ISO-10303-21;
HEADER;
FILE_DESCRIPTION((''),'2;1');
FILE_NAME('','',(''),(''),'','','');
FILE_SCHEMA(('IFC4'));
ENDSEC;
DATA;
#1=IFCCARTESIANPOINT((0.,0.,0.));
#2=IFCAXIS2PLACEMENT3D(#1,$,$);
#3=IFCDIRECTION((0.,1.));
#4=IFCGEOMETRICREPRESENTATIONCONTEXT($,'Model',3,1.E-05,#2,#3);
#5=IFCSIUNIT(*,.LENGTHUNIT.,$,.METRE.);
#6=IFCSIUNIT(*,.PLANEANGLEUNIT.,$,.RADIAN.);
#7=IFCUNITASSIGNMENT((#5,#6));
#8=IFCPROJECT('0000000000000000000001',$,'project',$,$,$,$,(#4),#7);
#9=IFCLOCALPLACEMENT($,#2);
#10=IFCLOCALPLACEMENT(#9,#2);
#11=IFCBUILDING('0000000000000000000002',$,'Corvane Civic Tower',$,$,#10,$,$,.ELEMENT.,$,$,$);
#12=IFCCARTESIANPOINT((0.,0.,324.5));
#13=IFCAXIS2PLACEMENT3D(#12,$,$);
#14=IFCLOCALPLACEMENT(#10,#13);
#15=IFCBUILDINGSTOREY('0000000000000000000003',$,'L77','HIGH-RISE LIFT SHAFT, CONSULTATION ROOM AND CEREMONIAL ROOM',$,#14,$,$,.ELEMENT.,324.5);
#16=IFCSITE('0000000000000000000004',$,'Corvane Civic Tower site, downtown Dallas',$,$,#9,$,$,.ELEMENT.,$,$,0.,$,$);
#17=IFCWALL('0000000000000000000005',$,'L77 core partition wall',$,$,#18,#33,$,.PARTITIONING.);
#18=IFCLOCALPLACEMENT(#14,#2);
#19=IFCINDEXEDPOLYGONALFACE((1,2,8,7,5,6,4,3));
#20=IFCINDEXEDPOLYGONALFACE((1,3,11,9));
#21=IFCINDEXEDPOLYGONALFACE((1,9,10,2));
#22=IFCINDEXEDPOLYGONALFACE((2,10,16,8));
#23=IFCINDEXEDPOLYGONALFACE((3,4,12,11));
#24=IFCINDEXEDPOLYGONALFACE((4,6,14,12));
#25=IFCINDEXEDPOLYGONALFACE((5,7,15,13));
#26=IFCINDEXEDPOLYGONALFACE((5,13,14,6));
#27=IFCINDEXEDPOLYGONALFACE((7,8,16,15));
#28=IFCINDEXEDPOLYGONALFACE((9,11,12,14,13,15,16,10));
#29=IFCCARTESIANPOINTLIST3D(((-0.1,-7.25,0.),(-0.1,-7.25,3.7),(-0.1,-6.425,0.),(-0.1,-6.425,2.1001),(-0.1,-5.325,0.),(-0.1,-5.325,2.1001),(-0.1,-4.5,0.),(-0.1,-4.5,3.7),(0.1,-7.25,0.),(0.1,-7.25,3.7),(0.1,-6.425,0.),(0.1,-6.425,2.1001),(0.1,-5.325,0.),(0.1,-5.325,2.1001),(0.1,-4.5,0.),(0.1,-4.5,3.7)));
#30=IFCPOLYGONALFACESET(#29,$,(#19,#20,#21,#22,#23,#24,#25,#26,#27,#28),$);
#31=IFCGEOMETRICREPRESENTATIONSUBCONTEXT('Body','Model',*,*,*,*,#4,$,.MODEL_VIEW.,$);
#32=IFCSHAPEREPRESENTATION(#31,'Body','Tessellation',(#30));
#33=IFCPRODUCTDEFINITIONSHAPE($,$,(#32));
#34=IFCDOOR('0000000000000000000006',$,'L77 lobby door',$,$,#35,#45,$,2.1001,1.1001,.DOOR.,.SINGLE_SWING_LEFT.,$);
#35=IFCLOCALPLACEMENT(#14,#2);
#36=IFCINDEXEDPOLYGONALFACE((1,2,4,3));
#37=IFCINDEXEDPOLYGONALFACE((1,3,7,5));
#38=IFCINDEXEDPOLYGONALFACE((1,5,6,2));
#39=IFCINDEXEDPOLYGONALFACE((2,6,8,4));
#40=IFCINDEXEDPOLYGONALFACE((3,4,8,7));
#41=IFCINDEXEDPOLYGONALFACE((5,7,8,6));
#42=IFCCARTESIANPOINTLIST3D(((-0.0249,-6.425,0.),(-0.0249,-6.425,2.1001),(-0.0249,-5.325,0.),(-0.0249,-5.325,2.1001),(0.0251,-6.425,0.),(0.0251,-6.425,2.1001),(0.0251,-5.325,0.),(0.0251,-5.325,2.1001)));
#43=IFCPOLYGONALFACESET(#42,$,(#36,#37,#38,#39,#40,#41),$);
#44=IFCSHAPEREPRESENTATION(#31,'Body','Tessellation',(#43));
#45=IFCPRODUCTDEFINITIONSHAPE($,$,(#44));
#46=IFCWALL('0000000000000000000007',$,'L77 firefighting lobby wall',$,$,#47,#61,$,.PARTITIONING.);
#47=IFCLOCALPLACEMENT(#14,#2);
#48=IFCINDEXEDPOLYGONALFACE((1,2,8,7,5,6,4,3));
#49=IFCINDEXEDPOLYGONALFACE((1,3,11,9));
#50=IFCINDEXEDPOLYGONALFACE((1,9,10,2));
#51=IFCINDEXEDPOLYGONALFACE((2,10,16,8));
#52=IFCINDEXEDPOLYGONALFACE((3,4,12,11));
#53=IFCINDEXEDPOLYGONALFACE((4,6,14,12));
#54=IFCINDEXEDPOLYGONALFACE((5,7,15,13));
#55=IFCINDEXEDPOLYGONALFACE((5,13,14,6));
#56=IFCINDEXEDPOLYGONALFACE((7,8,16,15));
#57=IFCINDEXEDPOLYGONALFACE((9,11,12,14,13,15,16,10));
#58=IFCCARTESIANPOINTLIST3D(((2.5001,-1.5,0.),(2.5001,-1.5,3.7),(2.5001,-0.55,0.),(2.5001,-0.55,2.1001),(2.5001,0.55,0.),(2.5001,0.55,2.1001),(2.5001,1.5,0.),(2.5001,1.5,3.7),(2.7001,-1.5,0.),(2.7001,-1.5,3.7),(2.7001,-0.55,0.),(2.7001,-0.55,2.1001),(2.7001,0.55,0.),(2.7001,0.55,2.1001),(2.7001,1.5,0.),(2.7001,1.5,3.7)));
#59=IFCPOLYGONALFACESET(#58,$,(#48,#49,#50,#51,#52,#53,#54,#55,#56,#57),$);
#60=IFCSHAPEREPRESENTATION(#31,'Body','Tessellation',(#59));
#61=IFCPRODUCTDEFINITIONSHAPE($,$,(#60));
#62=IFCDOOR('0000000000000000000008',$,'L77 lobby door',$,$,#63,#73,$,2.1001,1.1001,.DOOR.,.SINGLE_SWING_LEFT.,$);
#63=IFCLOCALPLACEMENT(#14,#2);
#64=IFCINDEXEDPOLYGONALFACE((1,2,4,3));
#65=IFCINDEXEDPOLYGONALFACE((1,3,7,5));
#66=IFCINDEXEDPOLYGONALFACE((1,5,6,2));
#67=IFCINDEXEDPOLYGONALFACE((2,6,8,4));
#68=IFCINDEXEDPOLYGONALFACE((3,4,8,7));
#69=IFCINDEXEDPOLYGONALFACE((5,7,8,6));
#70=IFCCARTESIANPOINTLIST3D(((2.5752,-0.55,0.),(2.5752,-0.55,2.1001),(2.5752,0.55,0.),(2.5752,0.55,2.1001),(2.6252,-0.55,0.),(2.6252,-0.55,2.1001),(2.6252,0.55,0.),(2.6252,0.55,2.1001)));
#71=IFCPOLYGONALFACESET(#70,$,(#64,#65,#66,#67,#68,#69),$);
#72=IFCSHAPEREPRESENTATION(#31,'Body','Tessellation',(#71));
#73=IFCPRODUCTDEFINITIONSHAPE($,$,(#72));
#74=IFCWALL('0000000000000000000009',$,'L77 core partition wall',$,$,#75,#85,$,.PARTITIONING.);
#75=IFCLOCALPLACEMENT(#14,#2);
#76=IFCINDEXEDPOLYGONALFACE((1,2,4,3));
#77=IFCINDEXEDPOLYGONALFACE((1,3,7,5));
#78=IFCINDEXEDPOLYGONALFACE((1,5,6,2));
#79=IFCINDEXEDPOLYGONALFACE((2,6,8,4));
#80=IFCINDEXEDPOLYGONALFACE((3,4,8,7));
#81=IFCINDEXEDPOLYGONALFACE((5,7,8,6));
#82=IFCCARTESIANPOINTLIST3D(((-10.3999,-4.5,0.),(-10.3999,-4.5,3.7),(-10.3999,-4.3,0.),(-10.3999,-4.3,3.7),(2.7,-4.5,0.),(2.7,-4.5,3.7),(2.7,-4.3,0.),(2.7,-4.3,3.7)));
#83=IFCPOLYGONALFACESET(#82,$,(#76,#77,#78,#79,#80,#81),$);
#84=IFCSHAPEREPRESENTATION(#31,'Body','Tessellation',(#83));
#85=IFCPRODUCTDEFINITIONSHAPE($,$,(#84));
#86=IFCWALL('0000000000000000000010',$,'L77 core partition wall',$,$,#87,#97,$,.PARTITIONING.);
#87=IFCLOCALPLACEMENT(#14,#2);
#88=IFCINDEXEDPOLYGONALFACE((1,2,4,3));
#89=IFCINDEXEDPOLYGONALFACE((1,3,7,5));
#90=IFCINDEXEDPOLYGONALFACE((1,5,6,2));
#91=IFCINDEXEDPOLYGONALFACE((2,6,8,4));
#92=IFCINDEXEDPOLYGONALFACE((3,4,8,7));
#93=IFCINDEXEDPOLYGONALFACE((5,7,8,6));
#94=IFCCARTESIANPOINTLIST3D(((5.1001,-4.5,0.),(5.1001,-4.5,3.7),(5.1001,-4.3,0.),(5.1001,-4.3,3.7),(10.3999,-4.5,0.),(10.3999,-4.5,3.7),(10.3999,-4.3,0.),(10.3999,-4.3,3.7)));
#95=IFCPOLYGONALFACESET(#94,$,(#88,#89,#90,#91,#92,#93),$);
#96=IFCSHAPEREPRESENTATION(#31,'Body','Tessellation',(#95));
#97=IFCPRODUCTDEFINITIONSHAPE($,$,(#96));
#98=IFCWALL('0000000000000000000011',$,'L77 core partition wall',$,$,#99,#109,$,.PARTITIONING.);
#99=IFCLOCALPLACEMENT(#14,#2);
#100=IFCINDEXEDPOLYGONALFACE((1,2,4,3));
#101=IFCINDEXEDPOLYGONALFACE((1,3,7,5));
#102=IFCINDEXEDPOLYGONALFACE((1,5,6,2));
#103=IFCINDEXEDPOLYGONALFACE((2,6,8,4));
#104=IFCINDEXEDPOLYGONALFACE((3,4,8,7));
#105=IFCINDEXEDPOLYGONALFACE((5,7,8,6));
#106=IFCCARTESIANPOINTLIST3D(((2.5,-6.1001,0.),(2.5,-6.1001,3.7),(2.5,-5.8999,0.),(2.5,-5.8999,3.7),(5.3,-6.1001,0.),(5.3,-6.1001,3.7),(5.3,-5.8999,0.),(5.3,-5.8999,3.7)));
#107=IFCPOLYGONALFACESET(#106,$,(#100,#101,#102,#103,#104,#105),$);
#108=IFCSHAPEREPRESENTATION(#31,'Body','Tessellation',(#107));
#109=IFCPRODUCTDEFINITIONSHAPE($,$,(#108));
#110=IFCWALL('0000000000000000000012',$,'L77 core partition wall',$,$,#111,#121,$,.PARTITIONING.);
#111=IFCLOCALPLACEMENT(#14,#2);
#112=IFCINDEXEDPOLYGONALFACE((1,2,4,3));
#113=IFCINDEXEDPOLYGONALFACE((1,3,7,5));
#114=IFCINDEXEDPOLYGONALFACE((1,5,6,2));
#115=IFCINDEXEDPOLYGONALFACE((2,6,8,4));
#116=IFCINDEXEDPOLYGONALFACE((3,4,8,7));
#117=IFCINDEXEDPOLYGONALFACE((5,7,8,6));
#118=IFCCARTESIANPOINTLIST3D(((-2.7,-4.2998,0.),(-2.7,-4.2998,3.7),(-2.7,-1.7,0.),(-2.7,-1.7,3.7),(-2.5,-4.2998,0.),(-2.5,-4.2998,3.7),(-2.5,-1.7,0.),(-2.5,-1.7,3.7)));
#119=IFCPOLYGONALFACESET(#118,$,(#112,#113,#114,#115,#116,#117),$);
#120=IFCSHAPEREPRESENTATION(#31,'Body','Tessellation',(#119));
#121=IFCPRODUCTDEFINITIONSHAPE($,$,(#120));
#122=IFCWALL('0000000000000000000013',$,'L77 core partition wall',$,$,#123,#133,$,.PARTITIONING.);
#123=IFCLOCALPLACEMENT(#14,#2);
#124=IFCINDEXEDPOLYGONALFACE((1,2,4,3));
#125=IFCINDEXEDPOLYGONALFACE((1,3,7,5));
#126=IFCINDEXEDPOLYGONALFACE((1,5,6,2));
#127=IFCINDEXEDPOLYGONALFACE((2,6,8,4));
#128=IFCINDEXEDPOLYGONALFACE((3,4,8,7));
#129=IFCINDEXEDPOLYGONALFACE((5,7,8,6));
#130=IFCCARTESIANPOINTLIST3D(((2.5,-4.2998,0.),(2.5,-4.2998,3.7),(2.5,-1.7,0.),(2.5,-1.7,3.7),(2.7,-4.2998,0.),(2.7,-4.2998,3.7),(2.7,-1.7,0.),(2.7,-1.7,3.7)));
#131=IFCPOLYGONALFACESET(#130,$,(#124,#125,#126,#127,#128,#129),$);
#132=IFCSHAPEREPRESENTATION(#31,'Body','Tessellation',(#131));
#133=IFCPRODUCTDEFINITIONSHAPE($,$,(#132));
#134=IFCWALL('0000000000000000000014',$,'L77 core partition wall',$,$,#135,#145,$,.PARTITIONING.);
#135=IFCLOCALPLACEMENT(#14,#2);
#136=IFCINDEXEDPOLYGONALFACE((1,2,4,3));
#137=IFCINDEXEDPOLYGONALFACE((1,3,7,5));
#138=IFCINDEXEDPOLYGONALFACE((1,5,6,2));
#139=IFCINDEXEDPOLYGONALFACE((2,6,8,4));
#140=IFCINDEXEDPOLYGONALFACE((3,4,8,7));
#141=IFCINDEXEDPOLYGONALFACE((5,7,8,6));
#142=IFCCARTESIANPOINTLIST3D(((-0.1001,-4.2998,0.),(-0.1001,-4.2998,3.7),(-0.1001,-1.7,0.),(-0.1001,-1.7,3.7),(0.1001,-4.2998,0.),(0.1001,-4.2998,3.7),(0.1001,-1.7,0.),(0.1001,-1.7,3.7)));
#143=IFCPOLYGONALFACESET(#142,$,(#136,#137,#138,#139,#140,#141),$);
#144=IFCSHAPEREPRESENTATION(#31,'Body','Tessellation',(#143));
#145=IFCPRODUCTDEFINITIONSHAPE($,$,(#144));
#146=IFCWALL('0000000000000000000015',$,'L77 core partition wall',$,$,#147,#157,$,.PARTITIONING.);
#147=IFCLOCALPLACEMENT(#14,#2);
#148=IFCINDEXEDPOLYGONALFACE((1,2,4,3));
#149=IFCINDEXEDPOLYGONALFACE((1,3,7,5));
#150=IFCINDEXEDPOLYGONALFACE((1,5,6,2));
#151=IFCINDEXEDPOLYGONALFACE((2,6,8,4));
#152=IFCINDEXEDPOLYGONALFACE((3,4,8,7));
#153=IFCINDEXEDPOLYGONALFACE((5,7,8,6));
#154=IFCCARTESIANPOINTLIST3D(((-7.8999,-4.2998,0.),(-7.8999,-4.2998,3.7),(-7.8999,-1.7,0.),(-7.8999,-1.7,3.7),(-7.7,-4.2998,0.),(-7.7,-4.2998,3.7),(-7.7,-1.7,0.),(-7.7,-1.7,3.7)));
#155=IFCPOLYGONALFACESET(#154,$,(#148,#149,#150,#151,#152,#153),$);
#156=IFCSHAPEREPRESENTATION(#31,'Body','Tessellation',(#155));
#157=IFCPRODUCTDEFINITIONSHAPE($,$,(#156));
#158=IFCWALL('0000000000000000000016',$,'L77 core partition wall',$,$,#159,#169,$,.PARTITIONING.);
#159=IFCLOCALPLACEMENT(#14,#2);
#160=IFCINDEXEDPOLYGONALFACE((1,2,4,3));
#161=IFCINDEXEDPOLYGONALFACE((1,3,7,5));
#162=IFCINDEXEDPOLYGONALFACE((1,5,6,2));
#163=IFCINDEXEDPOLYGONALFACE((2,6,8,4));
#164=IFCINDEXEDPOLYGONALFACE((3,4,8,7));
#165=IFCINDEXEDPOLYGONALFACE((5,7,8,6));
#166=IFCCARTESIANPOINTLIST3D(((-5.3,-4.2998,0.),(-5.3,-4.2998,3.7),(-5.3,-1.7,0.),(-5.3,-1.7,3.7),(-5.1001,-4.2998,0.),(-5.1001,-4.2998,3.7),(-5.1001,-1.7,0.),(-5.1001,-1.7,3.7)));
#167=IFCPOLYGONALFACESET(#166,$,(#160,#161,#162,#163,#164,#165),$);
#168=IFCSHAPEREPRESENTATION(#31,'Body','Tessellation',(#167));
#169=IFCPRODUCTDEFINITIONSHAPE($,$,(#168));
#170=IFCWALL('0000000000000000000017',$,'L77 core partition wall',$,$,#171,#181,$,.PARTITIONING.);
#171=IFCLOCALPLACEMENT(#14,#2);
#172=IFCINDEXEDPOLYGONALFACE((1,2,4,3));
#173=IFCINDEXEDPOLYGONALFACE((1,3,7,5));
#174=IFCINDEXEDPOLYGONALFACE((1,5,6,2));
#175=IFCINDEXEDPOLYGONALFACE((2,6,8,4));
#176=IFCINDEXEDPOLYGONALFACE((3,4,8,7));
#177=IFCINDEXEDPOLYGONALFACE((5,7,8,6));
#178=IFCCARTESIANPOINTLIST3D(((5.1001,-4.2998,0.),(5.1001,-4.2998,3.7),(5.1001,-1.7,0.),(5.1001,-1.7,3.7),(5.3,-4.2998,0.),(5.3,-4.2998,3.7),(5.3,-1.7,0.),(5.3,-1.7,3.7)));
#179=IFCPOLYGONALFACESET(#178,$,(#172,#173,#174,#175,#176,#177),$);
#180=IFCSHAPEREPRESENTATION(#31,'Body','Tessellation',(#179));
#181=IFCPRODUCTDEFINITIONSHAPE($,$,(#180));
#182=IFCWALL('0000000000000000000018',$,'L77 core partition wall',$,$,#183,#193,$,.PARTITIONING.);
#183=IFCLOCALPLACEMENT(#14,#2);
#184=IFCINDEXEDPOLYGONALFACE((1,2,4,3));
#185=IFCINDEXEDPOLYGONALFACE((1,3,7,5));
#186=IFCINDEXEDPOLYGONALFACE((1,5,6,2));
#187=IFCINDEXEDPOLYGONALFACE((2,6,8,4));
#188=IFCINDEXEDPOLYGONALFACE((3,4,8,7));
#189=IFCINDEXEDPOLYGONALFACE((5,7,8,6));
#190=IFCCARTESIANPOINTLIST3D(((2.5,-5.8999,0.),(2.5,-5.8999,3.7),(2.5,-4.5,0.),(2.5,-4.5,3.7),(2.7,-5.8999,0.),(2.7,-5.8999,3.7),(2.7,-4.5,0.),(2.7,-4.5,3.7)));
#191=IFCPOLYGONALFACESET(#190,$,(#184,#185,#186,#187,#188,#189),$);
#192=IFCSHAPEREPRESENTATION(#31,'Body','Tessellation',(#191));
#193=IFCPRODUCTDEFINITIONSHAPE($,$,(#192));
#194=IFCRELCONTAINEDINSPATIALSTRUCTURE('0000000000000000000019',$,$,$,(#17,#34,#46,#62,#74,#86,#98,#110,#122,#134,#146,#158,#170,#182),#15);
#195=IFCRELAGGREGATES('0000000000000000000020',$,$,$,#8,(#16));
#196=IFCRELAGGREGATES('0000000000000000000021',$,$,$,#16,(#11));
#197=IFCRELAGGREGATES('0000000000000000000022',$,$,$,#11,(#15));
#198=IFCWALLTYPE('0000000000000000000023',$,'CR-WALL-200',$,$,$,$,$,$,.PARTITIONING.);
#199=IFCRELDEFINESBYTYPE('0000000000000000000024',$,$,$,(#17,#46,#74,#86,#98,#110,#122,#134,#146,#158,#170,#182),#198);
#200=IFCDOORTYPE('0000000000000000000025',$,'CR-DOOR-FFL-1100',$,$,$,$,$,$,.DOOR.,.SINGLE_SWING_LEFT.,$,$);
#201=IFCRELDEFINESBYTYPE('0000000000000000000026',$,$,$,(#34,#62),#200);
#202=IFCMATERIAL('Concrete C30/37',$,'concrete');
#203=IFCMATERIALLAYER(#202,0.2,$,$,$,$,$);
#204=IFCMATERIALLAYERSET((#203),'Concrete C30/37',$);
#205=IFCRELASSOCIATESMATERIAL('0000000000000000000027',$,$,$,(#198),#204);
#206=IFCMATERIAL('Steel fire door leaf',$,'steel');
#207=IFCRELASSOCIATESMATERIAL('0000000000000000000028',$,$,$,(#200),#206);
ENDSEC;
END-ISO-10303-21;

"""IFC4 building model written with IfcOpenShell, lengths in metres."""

from ifc_helpers import new_model, si_unit, direction, frame, frame_2d, origin, place, context, subcontext, project, spatial, polyline, rectangle, outline, extrude, material, layer, layer_set, type_object, element, fill, save


model = new_model("IFC4")

# Units and contexts
model_context = context("Model", 3, precision=1e-05, world=origin(), true_north=direction((0.0, 1.0)))
body_context = subcontext(model_context, "Body", "Model", "MODEL_VIEW")
ifc_project = project(units=[si_unit("LENGTHUNIT", "METRE"), si_unit("PLANEANGLEUNIT", "RADIAN")], contexts=[model_context])

# Site, building, storey
site_placement = place(None, origin())
site = spatial("IfcSite", under=ifc_project, at=site_placement, Name="Corvane Civic Tower site, downtown Dallas", CompositionType="ELEMENT", RefElevation=0.0)
building_placement = place(site_placement, origin())
building = spatial("IfcBuilding", under=site, at=building_placement, Name="Corvane Civic Tower", CompositionType="ELEMENT")
storey_placement = place(building_placement, frame((0.0, 0.0, 324.5)))
storey = spatial("IfcBuildingStorey", under=building, at=storey_placement, Name="L77", Description="HIGH-RISE LIFT SHAFT, CONSULTATION ROOM AND CEREMONIAL ROOM", CompositionType="ELEMENT", Elevation=324.5)

# Walls, openings, doors
ifc_material_1 = material(Name="Concrete C30/37", Category="concrete")
ifc_layer_1 = layer(ifc_material_1, 0.2)
ifc_layer_set_1 = layer_set([ifc_layer_1], Name="Concrete C30/37")
wall_type_1 = type_object("IfcWallType", Name="CR-WALL-200", PredefinedType="PARTITIONING", material=ifc_layer_set_1)
wall_1_placement = place(storey_placement, frame((0.0, -7.25, 0.0), z_axis=(0.0, 0.0, 1.0), x_axis=(0.0, 1.0, 0.0)))
wall_1 = element("IfcWall", 1, at=wall_1_placement, inside=storey, type_object=wall_type_1, Name="L77 core partition wall", PredefinedType="PARTITIONING", context=body_context, shape_type="SweptSolid", body=[
    extrude(rectangle(XDim=2.75, YDim=0.2, at=frame_2d((1.375, 0.0))), origin(), (0.0, 0.0, 1.0), 3.7),
])
opening_1_placement = place(wall_1_placement, frame((0.825, 0.0, 0.0)))
opening_1 = element("IfcOpeningElement", 2, at=opening_1_placement, cuts=wall_1, PredefinedType="OPENING", context=body_context, shape_type="SweptSolid", body=[
    extrude(rectangle(XDim=1.1001, YDim=2.1001, at=frame_2d((0.55, 1.05))), frame((0.0, 0.1099, 0.0), z_axis=(0.0, -1.0, 0.0), x_axis=(1.0, 0.0, 0.0)), (0.0, 0.0, 1.0), 0.22),
])
ifc_material_2 = material(Name="Steel fire door leaf", Category="steel")
door_type_1 = type_object("IfcDoorType", Name="CR-DOOR-FFL-1100", OperationType="SINGLE_SWING_LEFT", PredefinedType="DOOR", material=ifc_material_2)
door_1_placement = place(opening_1_placement, origin())
door_1 = element("IfcDoor", 3, at=door_1_placement, inside=storey, type_object=door_type_1, Name="L77 lobby door", OperationType="SINGLE_SWING_LEFT", OverallHeight=2.1001, OverallWidth=1.1001, PredefinedType="DOOR", context=body_context, shape_type="SweptSolid", body=[
    extrude(rectangle(XDim=1.1001, YDim=2.1001, at=frame_2d((0.55, 1.05))), frame((0.0, 0.0249, 0.0), z_axis=(0.0, -1.0, 0.0), x_axis=(1.0, 0.0, 0.0)), (0.0, 0.0, 1.0), 0.05),
])
fill(opening_1, door_1)
wall_2_placement = place(storey_placement, frame((2.6001, -1.5, 0.0), z_axis=(0.0, 0.0, 1.0), x_axis=(0.0, 1.0, 0.0)))
wall_2 = element("IfcWall", 4, at=wall_2_placement, inside=storey, type_object=wall_type_1, Name="L77 firefighting lobby wall", PredefinedType="PARTITIONING", context=body_context, shape_type="SweptSolid", body=[
    extrude(rectangle(XDim=3.0, YDim=0.2, at=frame_2d((1.5, 0.0))), origin(), (0.0, 0.0, 1.0), 3.7),
])
opening_2_placement = place(wall_2_placement, frame((0.95, 0.0, 0.0)))
opening_2 = element("IfcOpeningElement", 5, at=opening_2_placement, cuts=wall_2, PredefinedType="OPENING", context=body_context, shape_type="SweptSolid", body=[
    extrude(rectangle(XDim=1.1001, YDim=2.1001, at=frame_2d((0.55, 1.05))), frame((0.0, 0.1099, 0.0), z_axis=(0.0, -1.0, 0.0), x_axis=(1.0, 0.0, 0.0)), (0.0, 0.0, 1.0), 0.22),
])
door_2_placement = place(opening_2_placement, origin())
door_2 = element("IfcDoor", 6, at=door_2_placement, inside=storey, type_object=door_type_1, Name="L77 lobby door", OperationType="SINGLE_SWING_LEFT", OverallHeight=2.1001, OverallWidth=1.1001, PredefinedType="DOOR", context=body_context, shape_type="SweptSolid", body=[
    extrude(rectangle(XDim=1.1001, YDim=2.1001, at=frame_2d((0.55, 1.05))), frame((0.0, 0.0249, 0.0), z_axis=(0.0, -1.0, 0.0), x_axis=(1.0, 0.0, 0.0)), (0.0, 0.0, 1.0), 0.05),
])
fill(opening_2, door_2)

# Walls
wall_3_placement = place(storey_placement, origin())
element("IfcWall", 7, at=wall_3_placement, inside=storey, type_object=wall_type_1, Name="L77 core partition wall", PredefinedType="PARTITIONING", context=body_context, shape_type="SweptSolid", body=[
    extrude(outline(polyline([(2.7, -4.3), (2.7, -4.5), (-10.3999, -4.5), (-10.3999, -4.3), (2.7, -4.3)])), origin(), (0.0, 0.0, 1.0), 3.7),
])
wall_4_placement = place(storey_placement, origin())
element("IfcWall", 8, at=wall_4_placement, inside=storey, type_object=wall_type_1, Name="L77 core partition wall", PredefinedType="PARTITIONING", context=body_context, shape_type="SweptSolid", body=[
    extrude(outline(polyline([(10.3999, -4.5), (5.1001, -4.5), (5.1001, -4.3), (10.3999, -4.3), (10.3999, -4.5)])), origin(), (0.0, 0.0, 1.0), 3.7),
])
wall_5_placement = place(storey_placement, origin())
element("IfcWall", 9, at=wall_5_placement, inside=storey, type_object=wall_type_1, Name="L77 core partition wall", PredefinedType="PARTITIONING", context=body_context, shape_type="SweptSolid", body=[
    extrude(outline(polyline([(5.3, -6.1001), (2.5, -6.1001), (2.5, -5.8999), (5.3, -5.8999), (5.3, -6.1001)])), origin(), (0.0, 0.0, 1.0), 3.7),
])
wall_6_placement = place(storey_placement, origin())
element("IfcWall", 10, at=wall_6_placement, inside=storey, type_object=wall_type_1, Name="L77 core partition wall", PredefinedType="PARTITIONING", context=body_context, shape_type="SweptSolid", body=[
    extrude(outline(polyline([(-2.5, -1.7), (-2.5, -4.2998), (-2.7, -4.2998), (-2.7, -1.7), (-2.5, -1.7)])), origin(), (0.0, 0.0, 1.0), 3.7),
])
wall_7_placement = place(storey_placement, origin())
element("IfcWall", 11, at=wall_7_placement, inside=storey, type_object=wall_type_1, Name="L77 core partition wall", PredefinedType="PARTITIONING", context=body_context, shape_type="SweptSolid", body=[
    extrude(outline(polyline([(2.7, -1.7), (2.7, -4.2998), (2.5, -4.2998), (2.5, -1.7), (2.7, -1.7)])), origin(), (0.0, 0.0, 1.0), 3.7),
])
wall_8_placement = place(storey_placement, origin())
element("IfcWall", 12, at=wall_8_placement, inside=storey, type_object=wall_type_1, Name="L77 core partition wall", PredefinedType="PARTITIONING", context=body_context, shape_type="SweptSolid", body=[
    extrude(outline(polyline([(0.1001, -1.7), (0.1001, -4.2998), (-0.1001, -4.2998), (-0.1001, -1.7), (0.1001, -1.7)])), origin(), (0.0, 0.0, 1.0), 3.7),
])
wall_9_placement = place(storey_placement, origin())
element("IfcWall", 13, at=wall_9_placement, inside=storey, type_object=wall_type_1, Name="L77 core partition wall", PredefinedType="PARTITIONING", context=body_context, shape_type="SweptSolid", body=[
    extrude(outline(polyline([(-7.7, -1.7), (-7.7, -4.2998), (-7.8999, -4.2998), (-7.8999, -1.7), (-7.7, -1.7)])), origin(), (0.0, 0.0, 1.0), 3.7),
])
wall_10_placement = place(storey_placement, origin())
element("IfcWall", 14, at=wall_10_placement, inside=storey, type_object=wall_type_1, Name="L77 core partition wall", PredefinedType="PARTITIONING", context=body_context, shape_type="SweptSolid", body=[
    extrude(outline(polyline([(-5.1001, -1.7), (-5.1001, -4.2998), (-5.3, -4.2998), (-5.3, -1.7), (-5.1001, -1.7)])), origin(), (0.0, 0.0, 1.0), 3.7),
])
wall_11_placement = place(storey_placement, origin())
element("IfcWall", 15, at=wall_11_placement, inside=storey, type_object=wall_type_1, Name="L77 core partition wall", PredefinedType="PARTITIONING", context=body_context, shape_type="SweptSolid", body=[
    extrude(outline(polyline([(5.3, -1.7), (5.3, -4.2998), (5.1001, -4.2998), (5.1001, -1.7), (5.3, -1.7)])), origin(), (0.0, 0.0, 1.0), 3.7),
])
wall_12_placement = place(storey_placement, origin())
element("IfcWall", 16, at=wall_12_placement, inside=storey, type_object=wall_type_1, Name="L77 core partition wall", PredefinedType="PARTITIONING", context=body_context, shape_type="SweptSolid", body=[
    extrude(outline(polyline([(2.7, -5.8999), (2.5, -5.8999), (2.5, -4.5), (2.7, -4.5), (2.7, -5.8999)])), origin(), (0.0, 0.0, 1.0), 3.7),
])

save(model, "model.ifc")
